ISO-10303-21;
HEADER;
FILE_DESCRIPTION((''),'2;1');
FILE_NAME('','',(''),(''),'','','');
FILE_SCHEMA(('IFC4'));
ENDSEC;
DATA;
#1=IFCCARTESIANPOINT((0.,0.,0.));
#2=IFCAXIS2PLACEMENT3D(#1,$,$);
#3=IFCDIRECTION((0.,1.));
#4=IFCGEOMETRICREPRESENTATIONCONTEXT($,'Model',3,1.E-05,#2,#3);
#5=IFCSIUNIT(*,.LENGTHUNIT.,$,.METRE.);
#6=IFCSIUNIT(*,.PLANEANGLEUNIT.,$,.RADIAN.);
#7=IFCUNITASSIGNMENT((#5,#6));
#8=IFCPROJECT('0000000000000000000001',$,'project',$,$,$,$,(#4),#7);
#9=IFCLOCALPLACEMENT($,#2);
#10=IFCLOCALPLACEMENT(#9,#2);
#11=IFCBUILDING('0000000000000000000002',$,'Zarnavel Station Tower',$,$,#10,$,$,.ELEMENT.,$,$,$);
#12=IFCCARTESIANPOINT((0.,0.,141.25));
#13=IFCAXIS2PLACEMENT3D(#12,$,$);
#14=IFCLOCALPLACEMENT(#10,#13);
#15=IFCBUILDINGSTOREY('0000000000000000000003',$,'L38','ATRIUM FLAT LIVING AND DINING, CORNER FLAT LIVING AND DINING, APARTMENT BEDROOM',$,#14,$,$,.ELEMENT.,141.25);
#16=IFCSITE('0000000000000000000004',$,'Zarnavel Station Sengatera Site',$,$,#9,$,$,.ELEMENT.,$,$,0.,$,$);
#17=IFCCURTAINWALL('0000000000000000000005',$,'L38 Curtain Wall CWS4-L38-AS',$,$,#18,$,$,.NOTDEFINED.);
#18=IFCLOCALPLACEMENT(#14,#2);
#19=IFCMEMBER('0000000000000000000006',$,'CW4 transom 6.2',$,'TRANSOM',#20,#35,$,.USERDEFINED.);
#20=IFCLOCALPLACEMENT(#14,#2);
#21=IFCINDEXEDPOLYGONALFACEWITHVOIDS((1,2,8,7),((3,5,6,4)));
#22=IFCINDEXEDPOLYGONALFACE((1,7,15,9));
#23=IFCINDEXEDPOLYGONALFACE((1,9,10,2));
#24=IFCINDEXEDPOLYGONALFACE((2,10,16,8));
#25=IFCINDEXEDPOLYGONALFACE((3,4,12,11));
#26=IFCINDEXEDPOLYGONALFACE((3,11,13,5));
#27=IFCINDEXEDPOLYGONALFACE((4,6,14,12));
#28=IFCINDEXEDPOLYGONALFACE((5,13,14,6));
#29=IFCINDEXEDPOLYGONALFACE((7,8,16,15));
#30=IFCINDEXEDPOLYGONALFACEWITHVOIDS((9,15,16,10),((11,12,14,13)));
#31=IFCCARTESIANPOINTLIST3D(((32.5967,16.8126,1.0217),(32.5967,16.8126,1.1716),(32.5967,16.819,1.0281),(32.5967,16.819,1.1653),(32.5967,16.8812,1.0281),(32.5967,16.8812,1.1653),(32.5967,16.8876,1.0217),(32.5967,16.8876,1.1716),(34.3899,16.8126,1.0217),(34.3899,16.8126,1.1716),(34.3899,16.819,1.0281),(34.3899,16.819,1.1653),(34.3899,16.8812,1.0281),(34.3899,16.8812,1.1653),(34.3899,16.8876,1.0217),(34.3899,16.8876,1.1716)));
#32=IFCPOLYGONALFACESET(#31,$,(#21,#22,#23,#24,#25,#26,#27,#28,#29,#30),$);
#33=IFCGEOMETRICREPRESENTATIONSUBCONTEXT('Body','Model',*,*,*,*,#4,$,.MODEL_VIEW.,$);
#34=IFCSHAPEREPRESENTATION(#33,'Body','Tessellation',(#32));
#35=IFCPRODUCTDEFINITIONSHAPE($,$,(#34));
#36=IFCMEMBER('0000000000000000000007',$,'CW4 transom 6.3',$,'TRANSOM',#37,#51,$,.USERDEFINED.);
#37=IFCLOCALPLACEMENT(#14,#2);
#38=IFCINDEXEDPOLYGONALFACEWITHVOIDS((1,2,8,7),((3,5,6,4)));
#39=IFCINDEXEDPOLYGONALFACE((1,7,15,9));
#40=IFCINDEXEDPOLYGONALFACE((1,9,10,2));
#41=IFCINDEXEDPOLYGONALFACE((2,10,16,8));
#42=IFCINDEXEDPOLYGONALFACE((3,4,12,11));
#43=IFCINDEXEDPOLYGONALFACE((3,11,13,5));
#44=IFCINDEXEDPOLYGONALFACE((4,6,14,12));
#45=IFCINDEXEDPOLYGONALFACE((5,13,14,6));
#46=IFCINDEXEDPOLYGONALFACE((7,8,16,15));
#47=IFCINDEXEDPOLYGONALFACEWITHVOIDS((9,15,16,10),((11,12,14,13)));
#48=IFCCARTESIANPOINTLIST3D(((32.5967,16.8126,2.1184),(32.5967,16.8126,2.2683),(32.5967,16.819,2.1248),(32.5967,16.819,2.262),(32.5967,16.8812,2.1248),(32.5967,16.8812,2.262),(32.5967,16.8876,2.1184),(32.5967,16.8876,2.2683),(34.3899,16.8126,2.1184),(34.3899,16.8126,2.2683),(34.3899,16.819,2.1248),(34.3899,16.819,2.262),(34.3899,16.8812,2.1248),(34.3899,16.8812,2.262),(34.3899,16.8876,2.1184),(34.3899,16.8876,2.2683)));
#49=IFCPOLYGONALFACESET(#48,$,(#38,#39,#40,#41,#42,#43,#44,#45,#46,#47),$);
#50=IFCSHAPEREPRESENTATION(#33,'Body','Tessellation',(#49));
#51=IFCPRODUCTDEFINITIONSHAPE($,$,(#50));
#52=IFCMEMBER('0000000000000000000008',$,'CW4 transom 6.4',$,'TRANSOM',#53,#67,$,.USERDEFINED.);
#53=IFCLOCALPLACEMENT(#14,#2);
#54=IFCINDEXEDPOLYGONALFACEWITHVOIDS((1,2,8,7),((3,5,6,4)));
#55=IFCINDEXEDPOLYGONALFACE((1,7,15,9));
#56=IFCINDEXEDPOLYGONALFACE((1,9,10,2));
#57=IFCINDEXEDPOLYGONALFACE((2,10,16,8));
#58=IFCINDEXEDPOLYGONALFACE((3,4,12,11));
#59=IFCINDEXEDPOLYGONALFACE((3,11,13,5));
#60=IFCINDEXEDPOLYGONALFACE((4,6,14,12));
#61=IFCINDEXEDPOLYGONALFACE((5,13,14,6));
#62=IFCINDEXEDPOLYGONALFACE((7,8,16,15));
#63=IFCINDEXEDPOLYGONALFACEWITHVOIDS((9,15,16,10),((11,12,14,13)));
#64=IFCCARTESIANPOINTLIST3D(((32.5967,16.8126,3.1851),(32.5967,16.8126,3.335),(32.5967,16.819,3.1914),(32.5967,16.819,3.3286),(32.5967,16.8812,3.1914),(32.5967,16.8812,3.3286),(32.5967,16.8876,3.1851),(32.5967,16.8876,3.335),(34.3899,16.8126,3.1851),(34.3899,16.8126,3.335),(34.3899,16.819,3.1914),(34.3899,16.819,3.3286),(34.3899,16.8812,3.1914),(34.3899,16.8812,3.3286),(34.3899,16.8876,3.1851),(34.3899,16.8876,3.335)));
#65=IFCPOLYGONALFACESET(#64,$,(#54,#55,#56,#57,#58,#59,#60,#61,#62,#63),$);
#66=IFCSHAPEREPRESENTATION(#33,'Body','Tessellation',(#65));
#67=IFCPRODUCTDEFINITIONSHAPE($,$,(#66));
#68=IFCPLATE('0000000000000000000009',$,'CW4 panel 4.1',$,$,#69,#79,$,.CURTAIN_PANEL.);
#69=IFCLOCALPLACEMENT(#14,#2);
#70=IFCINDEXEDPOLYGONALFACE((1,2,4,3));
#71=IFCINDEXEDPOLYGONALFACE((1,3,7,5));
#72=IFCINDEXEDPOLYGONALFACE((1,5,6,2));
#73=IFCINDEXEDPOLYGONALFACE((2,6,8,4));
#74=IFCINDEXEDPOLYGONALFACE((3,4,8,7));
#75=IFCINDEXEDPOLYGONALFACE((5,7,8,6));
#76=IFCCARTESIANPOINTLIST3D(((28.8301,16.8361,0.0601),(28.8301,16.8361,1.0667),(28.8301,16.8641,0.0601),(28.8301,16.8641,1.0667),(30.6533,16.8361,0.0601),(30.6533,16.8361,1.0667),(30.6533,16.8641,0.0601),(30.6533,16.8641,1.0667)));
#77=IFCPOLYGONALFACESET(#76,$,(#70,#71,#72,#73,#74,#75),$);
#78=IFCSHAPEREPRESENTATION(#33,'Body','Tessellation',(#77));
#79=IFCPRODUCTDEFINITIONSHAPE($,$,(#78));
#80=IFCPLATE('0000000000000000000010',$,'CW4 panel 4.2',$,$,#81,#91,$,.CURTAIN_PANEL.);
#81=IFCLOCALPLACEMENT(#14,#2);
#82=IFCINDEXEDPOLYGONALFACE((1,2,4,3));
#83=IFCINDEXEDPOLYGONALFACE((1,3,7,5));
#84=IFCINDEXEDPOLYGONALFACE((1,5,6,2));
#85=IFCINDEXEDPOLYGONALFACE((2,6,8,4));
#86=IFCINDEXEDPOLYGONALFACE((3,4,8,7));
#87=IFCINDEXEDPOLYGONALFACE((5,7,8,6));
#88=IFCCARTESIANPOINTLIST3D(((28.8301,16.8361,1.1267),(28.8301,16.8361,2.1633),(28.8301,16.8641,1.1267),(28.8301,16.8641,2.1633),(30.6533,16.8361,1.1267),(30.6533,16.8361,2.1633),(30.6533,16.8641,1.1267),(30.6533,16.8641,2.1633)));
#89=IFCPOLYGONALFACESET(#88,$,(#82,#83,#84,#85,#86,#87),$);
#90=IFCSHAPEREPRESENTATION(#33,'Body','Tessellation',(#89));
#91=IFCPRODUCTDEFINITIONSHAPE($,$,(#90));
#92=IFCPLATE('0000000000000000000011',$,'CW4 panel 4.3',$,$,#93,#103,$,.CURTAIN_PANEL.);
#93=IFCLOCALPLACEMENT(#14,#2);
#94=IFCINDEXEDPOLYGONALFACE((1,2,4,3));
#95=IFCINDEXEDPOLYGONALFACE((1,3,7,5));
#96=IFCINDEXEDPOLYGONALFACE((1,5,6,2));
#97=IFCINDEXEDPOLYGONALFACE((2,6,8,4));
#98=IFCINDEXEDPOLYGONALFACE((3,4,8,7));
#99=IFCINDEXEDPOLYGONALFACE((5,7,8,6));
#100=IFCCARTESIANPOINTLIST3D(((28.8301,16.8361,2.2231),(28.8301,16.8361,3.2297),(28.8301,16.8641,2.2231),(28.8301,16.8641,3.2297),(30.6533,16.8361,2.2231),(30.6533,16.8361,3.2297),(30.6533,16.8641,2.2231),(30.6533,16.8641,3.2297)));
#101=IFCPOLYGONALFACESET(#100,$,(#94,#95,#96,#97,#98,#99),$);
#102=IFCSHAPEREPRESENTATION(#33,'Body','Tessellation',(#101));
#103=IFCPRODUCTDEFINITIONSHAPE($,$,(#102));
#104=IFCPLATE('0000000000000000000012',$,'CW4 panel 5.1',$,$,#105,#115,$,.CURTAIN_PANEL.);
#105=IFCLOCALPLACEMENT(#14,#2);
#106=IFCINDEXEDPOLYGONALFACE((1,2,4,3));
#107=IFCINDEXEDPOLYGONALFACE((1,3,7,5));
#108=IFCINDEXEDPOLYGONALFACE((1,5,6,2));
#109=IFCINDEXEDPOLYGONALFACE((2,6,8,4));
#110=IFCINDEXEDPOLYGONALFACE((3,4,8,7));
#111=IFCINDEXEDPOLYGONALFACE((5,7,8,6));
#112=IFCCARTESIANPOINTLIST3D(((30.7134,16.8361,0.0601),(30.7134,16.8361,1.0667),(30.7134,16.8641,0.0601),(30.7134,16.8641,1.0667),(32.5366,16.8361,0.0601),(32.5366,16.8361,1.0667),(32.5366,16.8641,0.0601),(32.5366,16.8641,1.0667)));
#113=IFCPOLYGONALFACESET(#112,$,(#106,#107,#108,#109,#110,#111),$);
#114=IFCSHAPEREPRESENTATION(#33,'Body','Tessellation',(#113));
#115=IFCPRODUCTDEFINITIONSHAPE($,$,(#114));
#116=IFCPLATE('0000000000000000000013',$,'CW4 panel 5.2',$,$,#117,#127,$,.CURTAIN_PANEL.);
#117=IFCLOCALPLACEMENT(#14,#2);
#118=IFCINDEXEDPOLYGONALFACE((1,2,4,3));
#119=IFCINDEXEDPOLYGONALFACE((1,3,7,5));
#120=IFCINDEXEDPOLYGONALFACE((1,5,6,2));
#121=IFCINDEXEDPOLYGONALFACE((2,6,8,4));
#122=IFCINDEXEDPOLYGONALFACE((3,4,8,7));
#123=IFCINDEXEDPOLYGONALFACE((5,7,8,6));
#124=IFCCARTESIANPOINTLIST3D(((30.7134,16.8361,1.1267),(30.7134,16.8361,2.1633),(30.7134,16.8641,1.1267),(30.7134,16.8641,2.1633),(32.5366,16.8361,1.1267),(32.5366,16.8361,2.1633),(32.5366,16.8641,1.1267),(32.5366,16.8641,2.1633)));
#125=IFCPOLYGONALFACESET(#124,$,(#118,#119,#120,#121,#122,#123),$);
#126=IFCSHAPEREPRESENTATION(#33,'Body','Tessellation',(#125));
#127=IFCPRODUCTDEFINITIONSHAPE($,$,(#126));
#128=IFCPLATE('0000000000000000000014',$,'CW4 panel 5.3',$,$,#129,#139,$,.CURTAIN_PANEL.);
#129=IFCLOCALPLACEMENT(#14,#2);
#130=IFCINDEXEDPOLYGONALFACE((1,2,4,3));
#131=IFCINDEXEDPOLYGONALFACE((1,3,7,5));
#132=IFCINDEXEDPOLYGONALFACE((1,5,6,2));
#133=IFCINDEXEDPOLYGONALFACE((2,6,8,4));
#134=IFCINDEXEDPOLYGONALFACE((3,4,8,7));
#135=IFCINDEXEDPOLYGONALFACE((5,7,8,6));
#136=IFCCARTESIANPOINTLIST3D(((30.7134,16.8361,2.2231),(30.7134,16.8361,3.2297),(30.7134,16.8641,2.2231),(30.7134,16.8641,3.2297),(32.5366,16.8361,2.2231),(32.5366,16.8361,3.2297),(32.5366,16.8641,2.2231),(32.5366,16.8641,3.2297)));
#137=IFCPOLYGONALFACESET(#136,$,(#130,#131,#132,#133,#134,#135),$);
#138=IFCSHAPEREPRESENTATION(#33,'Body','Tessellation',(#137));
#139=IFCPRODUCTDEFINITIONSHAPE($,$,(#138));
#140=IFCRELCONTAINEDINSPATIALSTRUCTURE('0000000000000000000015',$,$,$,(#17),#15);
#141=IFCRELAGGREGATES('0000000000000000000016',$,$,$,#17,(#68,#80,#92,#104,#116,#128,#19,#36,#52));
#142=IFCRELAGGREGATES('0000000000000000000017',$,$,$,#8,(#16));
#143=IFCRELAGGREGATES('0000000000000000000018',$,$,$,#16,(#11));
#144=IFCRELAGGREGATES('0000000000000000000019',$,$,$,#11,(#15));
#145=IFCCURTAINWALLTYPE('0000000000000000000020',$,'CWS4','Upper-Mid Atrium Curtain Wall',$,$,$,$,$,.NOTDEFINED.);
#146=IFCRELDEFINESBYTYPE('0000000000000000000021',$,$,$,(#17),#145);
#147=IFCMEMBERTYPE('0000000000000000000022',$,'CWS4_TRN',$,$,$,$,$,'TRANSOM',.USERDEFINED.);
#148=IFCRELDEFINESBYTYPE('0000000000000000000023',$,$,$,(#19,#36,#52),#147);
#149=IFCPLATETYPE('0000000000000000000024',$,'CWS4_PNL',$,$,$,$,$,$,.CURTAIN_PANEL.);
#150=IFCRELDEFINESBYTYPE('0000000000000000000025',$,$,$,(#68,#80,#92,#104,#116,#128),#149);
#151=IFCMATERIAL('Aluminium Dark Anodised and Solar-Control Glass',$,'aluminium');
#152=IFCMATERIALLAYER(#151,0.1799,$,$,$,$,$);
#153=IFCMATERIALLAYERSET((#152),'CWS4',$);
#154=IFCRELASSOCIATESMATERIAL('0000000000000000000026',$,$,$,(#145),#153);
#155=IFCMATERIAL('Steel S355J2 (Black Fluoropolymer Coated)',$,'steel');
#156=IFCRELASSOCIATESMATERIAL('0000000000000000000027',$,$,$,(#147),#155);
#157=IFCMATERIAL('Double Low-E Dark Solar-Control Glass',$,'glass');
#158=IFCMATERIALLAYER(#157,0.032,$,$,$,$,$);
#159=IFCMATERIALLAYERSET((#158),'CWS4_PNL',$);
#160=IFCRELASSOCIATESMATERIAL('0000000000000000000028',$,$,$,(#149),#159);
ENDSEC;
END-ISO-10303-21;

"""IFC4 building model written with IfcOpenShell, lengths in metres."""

from ifc_helpers import new_model, si_unit, direction, frame, origin, origin_2d, place, context, subcontext, project, spatial, rectangle, hollow_rectangle, extrude, material, layer, layer_set, material_profile, profile_set, type_object, element, aggregate, save


model = new_model("IFC4")

# Units and contexts
model_context = context("Model", 3, precision=1e-05, world=origin(), true_north=direction((0.0, 1.0)))
body_context = subcontext(model_context, "Body", "Model", "MODEL_VIEW")
ifc_project = project(units=[si_unit("LENGTHUNIT", "METRE"), si_unit("PLANEANGLEUNIT", "RADIAN")], contexts=[model_context])

# Site, building, storey
site_placement = place(None, origin())
site = spatial("IfcSite", under=ifc_project, at=site_placement, Name="Zarnavel Station Sengatera Site", CompositionType="ELEMENT", RefElevation=0.0)
building_placement = place(site_placement, origin())
building = spatial("IfcBuilding", under=site, at=building_placement, Name="Zarnavel Station Tower", CompositionType="ELEMENT")
storey_placement = place(building_placement, frame((0.0, 0.0, 141.25)))
storey = spatial("IfcBuildingStorey", under=building, at=storey_placement, Name="L38", Description="ATRIUM FLAT LIVING AND DINING, CORNER FLAT LIVING AND DINING, APARTMENT BEDROOM", CompositionType="ELEMENT", Elevation=141.25)

# Curtain wall, members, plates
ifc_material_1 = material(Name="Aluminium Dark Anodised and Solar-Control Glass", Category="aluminium")
ifc_layer_1 = layer(ifc_material_1, 0.1799)
ifc_layer_set_1 = layer_set([ifc_layer_1], Name="CWS4")
curtain_wall_type = type_object("IfcCurtainWallType", Name="CWS4", Description="Upper-Mid Atrium Curtain Wall", PredefinedType="NOTDEFINED", material=ifc_layer_set_1)
curtain_wall_placement = place(storey_placement, origin())
curtain_wall = element("IfcCurtainWall", 1, at=curtain_wall_placement, inside=storey, type_object=curtain_wall_type, Name="L38 Curtain Wall CWS4-L38-AS", PredefinedType="NOTDEFINED")
ifc_material_2 = material(Name="Steel S355J2 (Black Fluoropolymer Coated)", Category="steel")
ifc_material_profile_1 = material_profile(ifc_material_2, hollow_rectangle(XDim=0.075, YDim=0.1499, WallThickness=0.0063, at=origin_2d()), Name="RHS150x75x6.3")
ifc_profile_set_1 = profile_set([ifc_material_profile_1], Name="Steel S355J2 (Black Fluoropolymer Coated)")
member_type_1 = type_object("IfcMemberType", Name="CWS4_TRN", ElementType="TRANSOM", PredefinedType="USERDEFINED", material=ifc_profile_set_1)
member_1_placement = place(storey_placement, frame((32.5967, 16.8501, 1.0967), z_axis=(1.0, 0.0, 0.0), x_axis=(0.0, 1.0, 0.0)))
member_1 = element("IfcMember", 2, at=member_1_placement, type_object=member_type_1, Name="CW4 transom 6.2", ObjectType="TRANSOM", PredefinedType="USERDEFINED", context=body_context, shape_type="SweptSolid", body=[
    extrude(hollow_rectangle(XDim=0.075, YDim=0.1499, WallThickness=0.0063, at=origin_2d()), origin(), (0.0, 0.0, 1.0), 1.7932),
])
member_2_placement = place(storey_placement, frame((32.5967, 16.8501, 2.1934), z_axis=(1.0, 0.0, 0.0), x_axis=(0.0, 1.0, 0.0)))
member_2 = element("IfcMember", 3, at=member_2_placement, type_object=member_type_1, Name="CW4 transom 6.3", ObjectType="TRANSOM", PredefinedType="USERDEFINED", context=body_context, shape_type="SweptSolid", body=[
    extrude(hollow_rectangle(XDim=0.075, YDim=0.1499, WallThickness=0.0063, at=origin_2d()), origin(), (0.0, 0.0, 1.0), 1.7932),
])
member_3_placement = place(storey_placement, frame((32.5967, 16.8501, 3.26), z_axis=(1.0, 0.0, 0.0), x_axis=(0.0, 1.0, 0.0)))
member_3 = element("IfcMember", 4, at=member_3_placement, type_object=member_type_1, Name="CW4 transom 6.4", ObjectType="TRANSOM", PredefinedType="USERDEFINED", context=body_context, shape_type="SweptSolid", body=[
    extrude(hollow_rectangle(XDim=0.075, YDim=0.1499, WallThickness=0.0063, at=origin_2d()), origin(), (0.0, 0.0, 1.0), 1.7932),
])
ifc_material_3 = material(Name="Double Low-E Dark Solar-Control Glass", Category="glass")
ifc_layer_2 = layer(ifc_material_3, 0.032)
ifc_layer_set_2 = layer_set([ifc_layer_2], Name="CWS4_PNL")
plate_type = type_object("IfcPlateType", Name="CWS4_PNL", PredefinedType="CURTAIN_PANEL", material=ifc_layer_set_2)
plate_1_placement = place(storey_placement, frame((29.7417, 16.8501, 0.0601), z_axis=(0.0, 0.0, 1.0), x_axis=(1.0, 0.0, 0.0)))
plate_1 = element("IfcPlate", 5, at=plate_1_placement, type_object=plate_type, Name="CW4 panel 4.1", PredefinedType="CURTAIN_PANEL", context=body_context, shape_type="SweptSolid", body=[
    extrude(rectangle(XDim=1.8232, YDim=0.0281, at=origin_2d()), origin(), (0.0, 0.0, 1.0), 1.0066),
])
plate_2_placement = place(storey_placement, frame((29.7417, 16.8501, 1.1267), z_axis=(0.0, 0.0, 1.0), x_axis=(1.0, 0.0, 0.0)))
plate_2 = element("IfcPlate", 6, at=plate_2_placement, type_object=plate_type, Name="CW4 panel 4.2", PredefinedType="CURTAIN_PANEL", context=body_context, shape_type="SweptSolid", body=[
    extrude(rectangle(XDim=1.8232, YDim=0.0281, at=origin_2d()), origin(), (0.0, 0.0, 1.0), 1.0366),
])
plate_3_placement = place(storey_placement, frame((29.7417, 16.8501, 2.2231), z_axis=(0.0, 0.0, 1.0), x_axis=(1.0, 0.0, 0.0)))
plate_3 = element("IfcPlate", 7, at=plate_3_placement, type_object=plate_type, Name="CW4 panel 4.3", PredefinedType="CURTAIN_PANEL", context=body_context, shape_type="SweptSolid", body=[
    extrude(rectangle(XDim=1.8232, YDim=0.0281, at=origin_2d()), origin(), (0.0, 0.0, 1.0), 1.0066),
])
plate_4_placement = place(storey_placement, frame((31.625, 16.8501, 0.0601), z_axis=(0.0, 0.0, 1.0), x_axis=(1.0, 0.0, 0.0)))
plate_4 = element("IfcPlate", 8, at=plate_4_placement, type_object=plate_type, Name="CW4 panel 5.1", PredefinedType="CURTAIN_PANEL", context=body_context, shape_type="SweptSolid", body=[
    extrude(rectangle(XDim=1.8232, YDim=0.0281, at=origin_2d()), origin(), (0.0, 0.0, 1.0), 1.0066),
])
plate_5_placement = place(storey_placement, frame((31.625, 16.8501, 1.1267), z_axis=(0.0, 0.0, 1.0), x_axis=(1.0, 0.0, 0.0)))
plate_5 = element("IfcPlate", 9, at=plate_5_placement, type_object=plate_type, Name="CW4 panel 5.2", PredefinedType="CURTAIN_PANEL", context=body_context, shape_type="SweptSolid", body=[
    extrude(rectangle(XDim=1.8232, YDim=0.0281, at=origin_2d()), origin(), (0.0, 0.0, 1.0), 1.0366),
])
plate_6_placement = place(storey_placement, frame((31.625, 16.8501, 2.2231), z_axis=(0.0, 0.0, 1.0), x_axis=(1.0, 0.0, 0.0)))
plate_6 = element("IfcPlate", 10, at=plate_6_placement, type_object=plate_type, Name="CW4 panel 5.3", PredefinedType="CURTAIN_PANEL", context=body_context, shape_type="SweptSolid", body=[
    extrude(rectangle(XDim=1.8232, YDim=0.0281, at=origin_2d()), origin(), (0.0, 0.0, 1.0), 1.0066),
])
aggregate(curtain_wall, [plate_1, plate_2, plate_3, plate_4, plate_5, plate_6, member_1, member_2, member_3])

save(model, "model.ifc")
